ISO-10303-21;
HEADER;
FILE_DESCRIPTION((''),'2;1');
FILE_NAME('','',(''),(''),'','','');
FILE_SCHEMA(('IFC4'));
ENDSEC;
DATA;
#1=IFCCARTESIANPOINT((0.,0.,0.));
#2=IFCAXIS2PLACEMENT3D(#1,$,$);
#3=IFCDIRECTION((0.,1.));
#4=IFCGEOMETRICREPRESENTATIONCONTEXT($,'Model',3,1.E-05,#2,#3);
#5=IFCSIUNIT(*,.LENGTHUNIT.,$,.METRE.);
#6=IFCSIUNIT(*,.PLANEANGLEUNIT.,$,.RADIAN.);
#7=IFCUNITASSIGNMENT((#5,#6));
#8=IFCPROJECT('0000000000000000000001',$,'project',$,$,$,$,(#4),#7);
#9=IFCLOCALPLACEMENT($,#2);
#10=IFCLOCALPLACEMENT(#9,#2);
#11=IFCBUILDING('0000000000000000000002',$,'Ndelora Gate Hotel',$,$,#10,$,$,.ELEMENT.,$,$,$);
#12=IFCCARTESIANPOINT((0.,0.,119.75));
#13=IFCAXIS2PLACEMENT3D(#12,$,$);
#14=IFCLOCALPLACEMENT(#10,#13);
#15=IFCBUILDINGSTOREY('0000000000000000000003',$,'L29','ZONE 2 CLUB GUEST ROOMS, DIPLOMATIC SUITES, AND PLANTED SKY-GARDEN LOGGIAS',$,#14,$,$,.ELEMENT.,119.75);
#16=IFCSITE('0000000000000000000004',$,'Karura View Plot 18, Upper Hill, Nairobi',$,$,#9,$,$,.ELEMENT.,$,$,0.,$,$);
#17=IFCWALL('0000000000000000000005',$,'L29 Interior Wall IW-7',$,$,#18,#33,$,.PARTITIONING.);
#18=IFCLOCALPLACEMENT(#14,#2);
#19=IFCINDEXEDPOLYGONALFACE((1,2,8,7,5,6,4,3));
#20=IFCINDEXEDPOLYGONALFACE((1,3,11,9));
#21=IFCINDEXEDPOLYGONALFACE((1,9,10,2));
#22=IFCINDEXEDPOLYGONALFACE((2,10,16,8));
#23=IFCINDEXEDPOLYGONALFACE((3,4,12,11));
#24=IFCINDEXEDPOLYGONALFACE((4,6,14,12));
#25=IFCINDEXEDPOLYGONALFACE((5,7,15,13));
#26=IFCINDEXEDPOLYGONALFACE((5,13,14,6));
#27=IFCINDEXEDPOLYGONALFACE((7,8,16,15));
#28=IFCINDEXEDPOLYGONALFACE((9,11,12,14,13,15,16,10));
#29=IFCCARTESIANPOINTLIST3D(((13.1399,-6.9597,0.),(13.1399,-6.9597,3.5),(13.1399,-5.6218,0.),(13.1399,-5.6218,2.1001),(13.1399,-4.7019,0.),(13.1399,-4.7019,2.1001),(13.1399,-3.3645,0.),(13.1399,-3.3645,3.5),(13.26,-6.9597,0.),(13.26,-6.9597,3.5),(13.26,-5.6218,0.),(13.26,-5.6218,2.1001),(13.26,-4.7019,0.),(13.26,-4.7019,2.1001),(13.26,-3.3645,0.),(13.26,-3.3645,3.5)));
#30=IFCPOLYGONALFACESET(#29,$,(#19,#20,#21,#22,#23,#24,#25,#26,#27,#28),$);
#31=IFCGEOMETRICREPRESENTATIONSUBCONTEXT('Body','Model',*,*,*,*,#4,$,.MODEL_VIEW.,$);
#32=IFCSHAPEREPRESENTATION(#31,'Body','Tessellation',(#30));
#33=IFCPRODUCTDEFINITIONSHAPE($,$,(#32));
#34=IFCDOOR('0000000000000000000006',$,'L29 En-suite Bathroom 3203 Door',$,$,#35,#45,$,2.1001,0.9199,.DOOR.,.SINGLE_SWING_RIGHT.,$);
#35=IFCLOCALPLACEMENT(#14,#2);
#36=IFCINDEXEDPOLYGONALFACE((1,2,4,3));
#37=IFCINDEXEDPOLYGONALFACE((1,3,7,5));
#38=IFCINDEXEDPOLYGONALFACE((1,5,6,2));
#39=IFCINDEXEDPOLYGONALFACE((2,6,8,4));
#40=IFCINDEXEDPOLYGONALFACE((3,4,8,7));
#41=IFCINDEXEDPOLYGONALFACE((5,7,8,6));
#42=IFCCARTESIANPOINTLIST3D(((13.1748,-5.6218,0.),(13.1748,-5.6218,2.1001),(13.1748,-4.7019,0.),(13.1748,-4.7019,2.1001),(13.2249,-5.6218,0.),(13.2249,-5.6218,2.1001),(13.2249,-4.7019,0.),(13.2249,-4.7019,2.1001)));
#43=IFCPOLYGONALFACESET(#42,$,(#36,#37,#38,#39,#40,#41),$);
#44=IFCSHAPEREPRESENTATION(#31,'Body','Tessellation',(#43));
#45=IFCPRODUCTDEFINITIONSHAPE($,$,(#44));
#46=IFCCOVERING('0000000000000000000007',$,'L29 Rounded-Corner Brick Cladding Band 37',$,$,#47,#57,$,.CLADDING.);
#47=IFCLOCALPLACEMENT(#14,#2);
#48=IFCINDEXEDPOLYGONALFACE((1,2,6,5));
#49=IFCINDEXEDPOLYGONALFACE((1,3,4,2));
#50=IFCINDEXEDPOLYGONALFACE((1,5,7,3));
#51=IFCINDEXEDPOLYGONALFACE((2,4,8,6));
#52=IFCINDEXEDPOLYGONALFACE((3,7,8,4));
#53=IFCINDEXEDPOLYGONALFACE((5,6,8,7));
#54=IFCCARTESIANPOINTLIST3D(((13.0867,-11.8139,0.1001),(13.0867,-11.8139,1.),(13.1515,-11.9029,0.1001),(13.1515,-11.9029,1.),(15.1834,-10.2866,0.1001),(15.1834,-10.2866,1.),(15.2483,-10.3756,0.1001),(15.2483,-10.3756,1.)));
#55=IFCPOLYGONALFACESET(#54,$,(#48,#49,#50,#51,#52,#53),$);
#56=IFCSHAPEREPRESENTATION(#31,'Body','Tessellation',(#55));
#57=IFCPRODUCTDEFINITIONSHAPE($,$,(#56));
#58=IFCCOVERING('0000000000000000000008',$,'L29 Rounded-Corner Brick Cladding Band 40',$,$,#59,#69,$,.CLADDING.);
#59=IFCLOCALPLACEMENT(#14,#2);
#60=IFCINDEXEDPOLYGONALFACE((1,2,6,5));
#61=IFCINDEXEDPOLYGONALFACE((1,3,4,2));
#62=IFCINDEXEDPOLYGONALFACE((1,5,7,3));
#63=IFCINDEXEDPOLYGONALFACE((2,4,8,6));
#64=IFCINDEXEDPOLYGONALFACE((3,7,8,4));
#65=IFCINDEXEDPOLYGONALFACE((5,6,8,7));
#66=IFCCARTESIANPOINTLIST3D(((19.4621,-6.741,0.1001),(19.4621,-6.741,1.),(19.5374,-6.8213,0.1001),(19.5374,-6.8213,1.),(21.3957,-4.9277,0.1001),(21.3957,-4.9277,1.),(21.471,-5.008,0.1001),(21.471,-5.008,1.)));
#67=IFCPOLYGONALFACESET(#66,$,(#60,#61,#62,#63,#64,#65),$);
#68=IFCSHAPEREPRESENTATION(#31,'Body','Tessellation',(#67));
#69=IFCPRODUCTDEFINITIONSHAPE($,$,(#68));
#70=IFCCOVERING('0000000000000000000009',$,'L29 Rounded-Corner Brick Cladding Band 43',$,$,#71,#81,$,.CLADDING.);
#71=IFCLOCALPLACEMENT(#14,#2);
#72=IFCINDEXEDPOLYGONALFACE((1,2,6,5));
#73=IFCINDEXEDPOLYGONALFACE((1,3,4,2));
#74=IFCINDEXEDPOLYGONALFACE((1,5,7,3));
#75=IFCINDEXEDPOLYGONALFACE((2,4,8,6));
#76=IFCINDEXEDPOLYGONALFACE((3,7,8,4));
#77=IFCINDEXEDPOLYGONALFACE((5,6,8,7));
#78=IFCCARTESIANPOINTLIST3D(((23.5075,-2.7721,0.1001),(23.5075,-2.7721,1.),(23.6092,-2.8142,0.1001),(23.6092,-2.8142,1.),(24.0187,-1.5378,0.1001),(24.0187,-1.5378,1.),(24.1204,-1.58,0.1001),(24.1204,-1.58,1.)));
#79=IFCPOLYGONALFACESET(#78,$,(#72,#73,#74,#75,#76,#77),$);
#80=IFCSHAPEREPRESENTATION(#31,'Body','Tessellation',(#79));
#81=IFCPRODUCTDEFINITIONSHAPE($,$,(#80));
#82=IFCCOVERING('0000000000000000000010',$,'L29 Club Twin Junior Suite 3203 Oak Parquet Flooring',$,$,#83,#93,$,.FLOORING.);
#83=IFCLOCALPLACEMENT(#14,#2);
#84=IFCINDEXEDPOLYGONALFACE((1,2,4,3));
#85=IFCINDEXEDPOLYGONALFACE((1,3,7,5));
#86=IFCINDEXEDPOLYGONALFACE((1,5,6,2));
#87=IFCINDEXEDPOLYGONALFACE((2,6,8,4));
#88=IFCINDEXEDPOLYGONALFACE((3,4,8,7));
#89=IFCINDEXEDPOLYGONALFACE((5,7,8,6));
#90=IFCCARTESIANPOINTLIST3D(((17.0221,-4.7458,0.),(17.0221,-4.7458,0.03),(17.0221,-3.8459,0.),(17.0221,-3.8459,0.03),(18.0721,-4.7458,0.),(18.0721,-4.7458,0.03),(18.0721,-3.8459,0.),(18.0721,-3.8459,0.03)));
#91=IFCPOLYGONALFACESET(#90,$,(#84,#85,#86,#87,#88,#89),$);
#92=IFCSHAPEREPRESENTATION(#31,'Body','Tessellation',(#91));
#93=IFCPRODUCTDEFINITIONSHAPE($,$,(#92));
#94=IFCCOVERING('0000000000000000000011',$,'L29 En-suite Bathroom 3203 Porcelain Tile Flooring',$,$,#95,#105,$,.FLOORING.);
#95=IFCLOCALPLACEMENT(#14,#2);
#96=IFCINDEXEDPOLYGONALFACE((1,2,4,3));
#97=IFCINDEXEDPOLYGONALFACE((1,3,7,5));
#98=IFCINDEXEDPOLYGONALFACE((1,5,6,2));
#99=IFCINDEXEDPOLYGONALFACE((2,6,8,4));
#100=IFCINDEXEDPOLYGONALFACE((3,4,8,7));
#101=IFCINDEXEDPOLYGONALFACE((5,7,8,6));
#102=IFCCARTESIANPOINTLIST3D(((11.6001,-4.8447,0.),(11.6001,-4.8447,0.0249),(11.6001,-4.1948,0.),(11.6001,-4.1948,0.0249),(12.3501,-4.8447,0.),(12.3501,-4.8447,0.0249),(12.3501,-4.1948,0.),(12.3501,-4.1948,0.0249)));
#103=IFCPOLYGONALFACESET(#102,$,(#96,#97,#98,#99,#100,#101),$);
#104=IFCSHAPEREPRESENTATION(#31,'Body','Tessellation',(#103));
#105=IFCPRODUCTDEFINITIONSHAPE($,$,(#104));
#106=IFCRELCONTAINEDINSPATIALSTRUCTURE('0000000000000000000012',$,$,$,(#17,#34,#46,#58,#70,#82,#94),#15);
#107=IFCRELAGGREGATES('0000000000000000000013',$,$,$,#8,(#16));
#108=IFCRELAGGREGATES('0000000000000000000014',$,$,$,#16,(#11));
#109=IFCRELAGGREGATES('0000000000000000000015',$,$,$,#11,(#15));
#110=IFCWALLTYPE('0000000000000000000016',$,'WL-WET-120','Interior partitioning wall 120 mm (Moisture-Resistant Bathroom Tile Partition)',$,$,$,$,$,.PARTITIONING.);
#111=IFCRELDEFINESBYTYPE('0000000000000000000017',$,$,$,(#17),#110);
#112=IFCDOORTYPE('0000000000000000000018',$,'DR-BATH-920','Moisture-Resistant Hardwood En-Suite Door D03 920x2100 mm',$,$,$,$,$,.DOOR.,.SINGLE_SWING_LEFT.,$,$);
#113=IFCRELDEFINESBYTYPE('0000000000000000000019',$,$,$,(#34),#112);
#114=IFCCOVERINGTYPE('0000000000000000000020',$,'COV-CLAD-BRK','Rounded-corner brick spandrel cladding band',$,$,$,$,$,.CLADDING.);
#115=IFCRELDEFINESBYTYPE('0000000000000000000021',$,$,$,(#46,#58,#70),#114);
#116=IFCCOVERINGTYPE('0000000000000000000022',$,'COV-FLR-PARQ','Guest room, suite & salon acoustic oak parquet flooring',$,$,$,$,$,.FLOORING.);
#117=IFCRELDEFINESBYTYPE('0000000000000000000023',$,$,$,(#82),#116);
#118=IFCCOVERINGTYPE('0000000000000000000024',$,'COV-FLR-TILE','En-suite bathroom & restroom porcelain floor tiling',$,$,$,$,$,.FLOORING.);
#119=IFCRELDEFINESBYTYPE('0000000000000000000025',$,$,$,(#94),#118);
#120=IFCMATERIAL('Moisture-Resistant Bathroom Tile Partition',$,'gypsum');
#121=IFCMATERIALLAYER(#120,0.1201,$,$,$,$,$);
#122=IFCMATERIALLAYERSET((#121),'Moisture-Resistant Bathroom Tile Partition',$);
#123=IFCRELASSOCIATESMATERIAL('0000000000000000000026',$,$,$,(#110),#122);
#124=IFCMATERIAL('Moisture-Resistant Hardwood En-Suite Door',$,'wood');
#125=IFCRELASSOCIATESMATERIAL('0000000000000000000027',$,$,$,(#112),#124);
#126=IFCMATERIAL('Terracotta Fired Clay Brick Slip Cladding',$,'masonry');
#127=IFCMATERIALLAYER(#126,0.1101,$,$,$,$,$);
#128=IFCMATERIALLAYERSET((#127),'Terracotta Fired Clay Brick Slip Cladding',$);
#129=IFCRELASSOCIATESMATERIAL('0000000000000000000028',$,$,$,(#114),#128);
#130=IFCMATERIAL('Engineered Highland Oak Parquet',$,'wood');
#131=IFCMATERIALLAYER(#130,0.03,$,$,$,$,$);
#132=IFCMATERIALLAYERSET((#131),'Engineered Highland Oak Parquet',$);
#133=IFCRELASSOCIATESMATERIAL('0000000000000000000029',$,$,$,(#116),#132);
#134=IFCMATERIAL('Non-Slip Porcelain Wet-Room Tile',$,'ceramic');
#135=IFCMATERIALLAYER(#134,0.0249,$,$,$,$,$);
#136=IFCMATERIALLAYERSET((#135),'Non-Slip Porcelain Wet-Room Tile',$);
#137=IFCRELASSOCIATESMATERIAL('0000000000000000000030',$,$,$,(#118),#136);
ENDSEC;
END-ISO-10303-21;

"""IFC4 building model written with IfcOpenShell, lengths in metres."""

from ifc_helpers import new_model, si_unit, direction, frame, frame_2d, origin, origin_2d, place, context, subcontext, project, spatial, rectangle, extrude, material, layer, layer_set, type_object, element, fill, save


model = new_model("IFC4")

# Units and contexts
model_context = context("Model", 3, precision=1e-05, world=origin(), true_north=direction((0.0, 1.0)))
body_context = subcontext(model_context, "Body", "Model", "MODEL_VIEW")
ifc_project = project(units=[si_unit("LENGTHUNIT", "METRE"), si_unit("PLANEANGLEUNIT", "RADIAN")], contexts=[model_context])

# Site, building, storey
site_placement = place(None, origin())
site = spatial("IfcSite", under=ifc_project, at=site_placement, Name="Karura View Plot 18, Upper Hill, Nairobi", CompositionType="ELEMENT", RefElevation=0.0)
building_placement = place(site_placement, origin())
building = spatial("IfcBuilding", under=site, at=building_placement, Name="Ndelora Gate Hotel", CompositionType="ELEMENT")
storey_placement = place(building_placement, frame((0.0, 0.0, 119.75)))
storey = spatial("IfcBuildingStorey", under=building, at=storey_placement, Name="L29", Description="ZONE 2 CLUB GUEST ROOMS, DIPLOMATIC SUITES, AND PLANTED SKY-GARDEN LOGGIAS", CompositionType="ELEMENT", Elevation=119.75)

# Shared definitions
ifc_material_1 = material(Name="Moisture-Resistant Bathroom Tile Partition", Category="gypsum")
ifc_layer_1 = layer(ifc_material_1, 0.1201)
ifc_layer_set_1 = layer_set([ifc_layer_1], Name="Moisture-Resistant Bathroom Tile Partition")
wall_type_1 = type_object("IfcWallType", Name="WL-WET-120", Description="Interior partitioning wall 120 mm (Moisture-Resistant Bathroom Tile Partition)", PredefinedType="PARTITIONING", material=ifc_layer_set_1)

# Wall, opening, door
wall_1_placement = place(storey_placement, frame((13.2, -3.3645, 0.0), z_axis=(0.0, 0.0, 1.0), x_axis=(0.0, -1.0, 0.0)))
wall_1 = element("IfcWall", 1, at=wall_1_placement, inside=storey, type_object=wall_type_1, Name="L29 Interior Wall IW-7", PredefinedType="PARTITIONING", context=body_context, shape_type="SweptSolid", body=[
    extrude(rectangle(XDim=3.5952, YDim=0.1201, at=frame_2d((1.7976, 0.0))), origin(), (0.0, 0.0, 1.0), 3.5),
])
opening_1_placement = place(wall_1_placement, frame((1.3374, 0.0, 0.0)))
opening_1 = element("IfcOpeningElement", 2, at=opening_1_placement, cuts=wall_1, PredefinedType="OPENING", context=body_context, shape_type="SweptSolid", body=[
    extrude(rectangle(XDim=0.9199, YDim=2.1001, at=frame_2d((0.46, 1.05))), frame((0.0, 0.0701, 0.0), z_axis=(0.0, -1.0, 0.0), x_axis=(1.0, 0.0, 0.0)), (0.0, 0.0, 1.0), 0.1401),
])
ifc_material_2 = material(Name="Moisture-Resistant Hardwood En-Suite Door", Category="wood")
door_type = type_object("IfcDoorType", Name="DR-BATH-920", Description="Moisture-Resistant Hardwood En-Suite Door D03 920x2100 mm", OperationType="SINGLE_SWING_LEFT", PredefinedType="DOOR", material=ifc_material_2)
door_placement = place(opening_1_placement, origin())
door = element("IfcDoor", 3, at=door_placement, inside=storey, type_object=door_type, Name="L29 En-suite Bathroom 3203 Door", OperationType="SINGLE_SWING_RIGHT", OverallHeight=2.1001, OverallWidth=0.9199, PredefinedType="DOOR", context=body_context, shape_type="SweptSolid", body=[
    extrude(rectangle(XDim=0.9199, YDim=2.1001, at=frame_2d((0.46, 1.05))), frame((0.0, 0.0249, 0.0), z_axis=(0.0, -1.0, 0.0), x_axis=(1.0, 0.0, 0.0)), (0.0, 0.0, 1.0), 0.05),
])
fill(opening_1, door)

# Coverings
ifc_material_3 = material(Name="Terracotta Fired Clay Brick Slip Cladding", Category="masonry")
ifc_layer_2 = layer(ifc_material_3, 0.1101)
ifc_layer_set_2 = layer_set([ifc_layer_2], Name="Terracotta Fired Clay Brick Slip Cladding")
covering_type_1 = type_object("IfcCoveringType", Name="COV-CLAD-BRK", Description="Rounded-corner brick spandrel cladding band", PredefinedType="CLADDING", material=ifc_layer_set_2)
covering_1_placement = place(storey_placement, frame((14.1675, -11.0947, 0.1001), z_axis=(0.0, 0.0, 1.0), x_axis=(0.808298, 0.588773, 0.0)))
element("IfcCovering", 4, at=covering_1_placement, inside=storey, type_object=covering_type_1, Name="L29 Rounded-Corner Brick Cladding Band 37", PredefinedType="CLADDING", context=body_context, shape_type="SweptSolid", body=[
    extrude(rectangle(XDim=2.594, YDim=0.1101, at=origin_2d()), origin(), (0.0, 0.0, 1.0), 0.8999),
])
covering_2_placement = place(storey_placement, frame((20.4666, -5.8745, 0.1001), z_axis=(0.0, 0.0, 1.0), x_axis=(0.729446, 0.684038, 0.0)))
element("IfcCovering", 5, at=covering_2_placement, inside=storey, type_object=covering_type_1, Name="L29 Rounded-Corner Brick Cladding Band 40", PredefinedType="CLADDING", context=body_context, shape_type="SweptSolid", body=[
    extrude(rectangle(XDim=2.6509, YDim=0.1101, at=origin_2d()), origin(), (0.0, 0.0, 1.0), 0.8999),
])
covering_3_placement = place(storey_placement, frame((23.814, -2.176, 0.1001), z_axis=(0.0, 0.0, 1.0), x_axis=(0.382683, 0.92388, 0.0)))
element("IfcCovering", 6, at=covering_3_placement, inside=storey, type_object=covering_type_1, Name="L29 Rounded-Corner Brick Cladding Band 43", PredefinedType="CLADDING", context=body_context, shape_type="SweptSolid", body=[
    extrude(rectangle(XDim=1.3359, YDim=0.1101, at=origin_2d()), origin(), (0.0, 0.0, 1.0), 0.8999),
])
ifc_material_4 = material(Name="Engineered Highland Oak Parquet", Category="wood")
ifc_layer_3 = layer(ifc_material_4, 0.03)
ifc_layer_set_3 = layer_set([ifc_layer_3], Name="Engineered Highland Oak Parquet")
covering_type_2 = type_object("IfcCoveringType", Name="COV-FLR-PARQ", Description="Guest room, suite & salon acoustic oak parquet flooring", PredefinedType="FLOORING", material=ifc_layer_set_3)
covering_4_placement = place(storey_placement, frame((17.5471, -4.2959, 0.0), z_axis=(0.0, 0.0, 1.0), x_axis=(1.0, 0.0, 0.0)))
element("IfcCovering", 7, at=covering_4_placement, inside=storey, type_object=covering_type_2, Name="L29 Club Twin Junior Suite 3203 Oak Parquet Flooring", PredefinedType="FLOORING", context=body_context, shape_type="SweptSolid", body=[
    extrude(rectangle(XDim=1.05, YDim=0.8999, at=origin_2d()), origin(), (0.0, 0.0, 1.0), 0.03),
])
ifc_material_5 = material(Name="Non-Slip Porcelain Wet-Room Tile", Category="ceramic")
ifc_layer_4 = layer(ifc_material_5, 0.0249)
ifc_layer_set_4 = layer_set([ifc_layer_4], Name="Non-Slip Porcelain Wet-Room Tile")
covering_type_3 = type_object("IfcCoveringType", Name="COV-FLR-TILE", Description="En-suite bathroom & restroom porcelain floor tiling", PredefinedType="FLOORING", material=ifc_layer_set_4)
covering_5_placement = place(storey_placement, frame((11.9751, -4.5198, 0.0), z_axis=(0.0, 0.0, 1.0), x_axis=(1.0, 0.0, 0.0)))
element("IfcCovering", 8, at=covering_5_placement, inside=storey, type_object=covering_type_3, Name="L29 En-suite Bathroom 3203 Porcelain Tile Flooring", PredefinedType="FLOORING", context=body_context, shape_type="SweptSolid", body=[
    extrude(rectangle(XDim=0.75, YDim=0.6499, at=origin_2d()), origin(), (0.0, 0.0, 1.0), 0.0249),
])

save(model, "model.ifc")
